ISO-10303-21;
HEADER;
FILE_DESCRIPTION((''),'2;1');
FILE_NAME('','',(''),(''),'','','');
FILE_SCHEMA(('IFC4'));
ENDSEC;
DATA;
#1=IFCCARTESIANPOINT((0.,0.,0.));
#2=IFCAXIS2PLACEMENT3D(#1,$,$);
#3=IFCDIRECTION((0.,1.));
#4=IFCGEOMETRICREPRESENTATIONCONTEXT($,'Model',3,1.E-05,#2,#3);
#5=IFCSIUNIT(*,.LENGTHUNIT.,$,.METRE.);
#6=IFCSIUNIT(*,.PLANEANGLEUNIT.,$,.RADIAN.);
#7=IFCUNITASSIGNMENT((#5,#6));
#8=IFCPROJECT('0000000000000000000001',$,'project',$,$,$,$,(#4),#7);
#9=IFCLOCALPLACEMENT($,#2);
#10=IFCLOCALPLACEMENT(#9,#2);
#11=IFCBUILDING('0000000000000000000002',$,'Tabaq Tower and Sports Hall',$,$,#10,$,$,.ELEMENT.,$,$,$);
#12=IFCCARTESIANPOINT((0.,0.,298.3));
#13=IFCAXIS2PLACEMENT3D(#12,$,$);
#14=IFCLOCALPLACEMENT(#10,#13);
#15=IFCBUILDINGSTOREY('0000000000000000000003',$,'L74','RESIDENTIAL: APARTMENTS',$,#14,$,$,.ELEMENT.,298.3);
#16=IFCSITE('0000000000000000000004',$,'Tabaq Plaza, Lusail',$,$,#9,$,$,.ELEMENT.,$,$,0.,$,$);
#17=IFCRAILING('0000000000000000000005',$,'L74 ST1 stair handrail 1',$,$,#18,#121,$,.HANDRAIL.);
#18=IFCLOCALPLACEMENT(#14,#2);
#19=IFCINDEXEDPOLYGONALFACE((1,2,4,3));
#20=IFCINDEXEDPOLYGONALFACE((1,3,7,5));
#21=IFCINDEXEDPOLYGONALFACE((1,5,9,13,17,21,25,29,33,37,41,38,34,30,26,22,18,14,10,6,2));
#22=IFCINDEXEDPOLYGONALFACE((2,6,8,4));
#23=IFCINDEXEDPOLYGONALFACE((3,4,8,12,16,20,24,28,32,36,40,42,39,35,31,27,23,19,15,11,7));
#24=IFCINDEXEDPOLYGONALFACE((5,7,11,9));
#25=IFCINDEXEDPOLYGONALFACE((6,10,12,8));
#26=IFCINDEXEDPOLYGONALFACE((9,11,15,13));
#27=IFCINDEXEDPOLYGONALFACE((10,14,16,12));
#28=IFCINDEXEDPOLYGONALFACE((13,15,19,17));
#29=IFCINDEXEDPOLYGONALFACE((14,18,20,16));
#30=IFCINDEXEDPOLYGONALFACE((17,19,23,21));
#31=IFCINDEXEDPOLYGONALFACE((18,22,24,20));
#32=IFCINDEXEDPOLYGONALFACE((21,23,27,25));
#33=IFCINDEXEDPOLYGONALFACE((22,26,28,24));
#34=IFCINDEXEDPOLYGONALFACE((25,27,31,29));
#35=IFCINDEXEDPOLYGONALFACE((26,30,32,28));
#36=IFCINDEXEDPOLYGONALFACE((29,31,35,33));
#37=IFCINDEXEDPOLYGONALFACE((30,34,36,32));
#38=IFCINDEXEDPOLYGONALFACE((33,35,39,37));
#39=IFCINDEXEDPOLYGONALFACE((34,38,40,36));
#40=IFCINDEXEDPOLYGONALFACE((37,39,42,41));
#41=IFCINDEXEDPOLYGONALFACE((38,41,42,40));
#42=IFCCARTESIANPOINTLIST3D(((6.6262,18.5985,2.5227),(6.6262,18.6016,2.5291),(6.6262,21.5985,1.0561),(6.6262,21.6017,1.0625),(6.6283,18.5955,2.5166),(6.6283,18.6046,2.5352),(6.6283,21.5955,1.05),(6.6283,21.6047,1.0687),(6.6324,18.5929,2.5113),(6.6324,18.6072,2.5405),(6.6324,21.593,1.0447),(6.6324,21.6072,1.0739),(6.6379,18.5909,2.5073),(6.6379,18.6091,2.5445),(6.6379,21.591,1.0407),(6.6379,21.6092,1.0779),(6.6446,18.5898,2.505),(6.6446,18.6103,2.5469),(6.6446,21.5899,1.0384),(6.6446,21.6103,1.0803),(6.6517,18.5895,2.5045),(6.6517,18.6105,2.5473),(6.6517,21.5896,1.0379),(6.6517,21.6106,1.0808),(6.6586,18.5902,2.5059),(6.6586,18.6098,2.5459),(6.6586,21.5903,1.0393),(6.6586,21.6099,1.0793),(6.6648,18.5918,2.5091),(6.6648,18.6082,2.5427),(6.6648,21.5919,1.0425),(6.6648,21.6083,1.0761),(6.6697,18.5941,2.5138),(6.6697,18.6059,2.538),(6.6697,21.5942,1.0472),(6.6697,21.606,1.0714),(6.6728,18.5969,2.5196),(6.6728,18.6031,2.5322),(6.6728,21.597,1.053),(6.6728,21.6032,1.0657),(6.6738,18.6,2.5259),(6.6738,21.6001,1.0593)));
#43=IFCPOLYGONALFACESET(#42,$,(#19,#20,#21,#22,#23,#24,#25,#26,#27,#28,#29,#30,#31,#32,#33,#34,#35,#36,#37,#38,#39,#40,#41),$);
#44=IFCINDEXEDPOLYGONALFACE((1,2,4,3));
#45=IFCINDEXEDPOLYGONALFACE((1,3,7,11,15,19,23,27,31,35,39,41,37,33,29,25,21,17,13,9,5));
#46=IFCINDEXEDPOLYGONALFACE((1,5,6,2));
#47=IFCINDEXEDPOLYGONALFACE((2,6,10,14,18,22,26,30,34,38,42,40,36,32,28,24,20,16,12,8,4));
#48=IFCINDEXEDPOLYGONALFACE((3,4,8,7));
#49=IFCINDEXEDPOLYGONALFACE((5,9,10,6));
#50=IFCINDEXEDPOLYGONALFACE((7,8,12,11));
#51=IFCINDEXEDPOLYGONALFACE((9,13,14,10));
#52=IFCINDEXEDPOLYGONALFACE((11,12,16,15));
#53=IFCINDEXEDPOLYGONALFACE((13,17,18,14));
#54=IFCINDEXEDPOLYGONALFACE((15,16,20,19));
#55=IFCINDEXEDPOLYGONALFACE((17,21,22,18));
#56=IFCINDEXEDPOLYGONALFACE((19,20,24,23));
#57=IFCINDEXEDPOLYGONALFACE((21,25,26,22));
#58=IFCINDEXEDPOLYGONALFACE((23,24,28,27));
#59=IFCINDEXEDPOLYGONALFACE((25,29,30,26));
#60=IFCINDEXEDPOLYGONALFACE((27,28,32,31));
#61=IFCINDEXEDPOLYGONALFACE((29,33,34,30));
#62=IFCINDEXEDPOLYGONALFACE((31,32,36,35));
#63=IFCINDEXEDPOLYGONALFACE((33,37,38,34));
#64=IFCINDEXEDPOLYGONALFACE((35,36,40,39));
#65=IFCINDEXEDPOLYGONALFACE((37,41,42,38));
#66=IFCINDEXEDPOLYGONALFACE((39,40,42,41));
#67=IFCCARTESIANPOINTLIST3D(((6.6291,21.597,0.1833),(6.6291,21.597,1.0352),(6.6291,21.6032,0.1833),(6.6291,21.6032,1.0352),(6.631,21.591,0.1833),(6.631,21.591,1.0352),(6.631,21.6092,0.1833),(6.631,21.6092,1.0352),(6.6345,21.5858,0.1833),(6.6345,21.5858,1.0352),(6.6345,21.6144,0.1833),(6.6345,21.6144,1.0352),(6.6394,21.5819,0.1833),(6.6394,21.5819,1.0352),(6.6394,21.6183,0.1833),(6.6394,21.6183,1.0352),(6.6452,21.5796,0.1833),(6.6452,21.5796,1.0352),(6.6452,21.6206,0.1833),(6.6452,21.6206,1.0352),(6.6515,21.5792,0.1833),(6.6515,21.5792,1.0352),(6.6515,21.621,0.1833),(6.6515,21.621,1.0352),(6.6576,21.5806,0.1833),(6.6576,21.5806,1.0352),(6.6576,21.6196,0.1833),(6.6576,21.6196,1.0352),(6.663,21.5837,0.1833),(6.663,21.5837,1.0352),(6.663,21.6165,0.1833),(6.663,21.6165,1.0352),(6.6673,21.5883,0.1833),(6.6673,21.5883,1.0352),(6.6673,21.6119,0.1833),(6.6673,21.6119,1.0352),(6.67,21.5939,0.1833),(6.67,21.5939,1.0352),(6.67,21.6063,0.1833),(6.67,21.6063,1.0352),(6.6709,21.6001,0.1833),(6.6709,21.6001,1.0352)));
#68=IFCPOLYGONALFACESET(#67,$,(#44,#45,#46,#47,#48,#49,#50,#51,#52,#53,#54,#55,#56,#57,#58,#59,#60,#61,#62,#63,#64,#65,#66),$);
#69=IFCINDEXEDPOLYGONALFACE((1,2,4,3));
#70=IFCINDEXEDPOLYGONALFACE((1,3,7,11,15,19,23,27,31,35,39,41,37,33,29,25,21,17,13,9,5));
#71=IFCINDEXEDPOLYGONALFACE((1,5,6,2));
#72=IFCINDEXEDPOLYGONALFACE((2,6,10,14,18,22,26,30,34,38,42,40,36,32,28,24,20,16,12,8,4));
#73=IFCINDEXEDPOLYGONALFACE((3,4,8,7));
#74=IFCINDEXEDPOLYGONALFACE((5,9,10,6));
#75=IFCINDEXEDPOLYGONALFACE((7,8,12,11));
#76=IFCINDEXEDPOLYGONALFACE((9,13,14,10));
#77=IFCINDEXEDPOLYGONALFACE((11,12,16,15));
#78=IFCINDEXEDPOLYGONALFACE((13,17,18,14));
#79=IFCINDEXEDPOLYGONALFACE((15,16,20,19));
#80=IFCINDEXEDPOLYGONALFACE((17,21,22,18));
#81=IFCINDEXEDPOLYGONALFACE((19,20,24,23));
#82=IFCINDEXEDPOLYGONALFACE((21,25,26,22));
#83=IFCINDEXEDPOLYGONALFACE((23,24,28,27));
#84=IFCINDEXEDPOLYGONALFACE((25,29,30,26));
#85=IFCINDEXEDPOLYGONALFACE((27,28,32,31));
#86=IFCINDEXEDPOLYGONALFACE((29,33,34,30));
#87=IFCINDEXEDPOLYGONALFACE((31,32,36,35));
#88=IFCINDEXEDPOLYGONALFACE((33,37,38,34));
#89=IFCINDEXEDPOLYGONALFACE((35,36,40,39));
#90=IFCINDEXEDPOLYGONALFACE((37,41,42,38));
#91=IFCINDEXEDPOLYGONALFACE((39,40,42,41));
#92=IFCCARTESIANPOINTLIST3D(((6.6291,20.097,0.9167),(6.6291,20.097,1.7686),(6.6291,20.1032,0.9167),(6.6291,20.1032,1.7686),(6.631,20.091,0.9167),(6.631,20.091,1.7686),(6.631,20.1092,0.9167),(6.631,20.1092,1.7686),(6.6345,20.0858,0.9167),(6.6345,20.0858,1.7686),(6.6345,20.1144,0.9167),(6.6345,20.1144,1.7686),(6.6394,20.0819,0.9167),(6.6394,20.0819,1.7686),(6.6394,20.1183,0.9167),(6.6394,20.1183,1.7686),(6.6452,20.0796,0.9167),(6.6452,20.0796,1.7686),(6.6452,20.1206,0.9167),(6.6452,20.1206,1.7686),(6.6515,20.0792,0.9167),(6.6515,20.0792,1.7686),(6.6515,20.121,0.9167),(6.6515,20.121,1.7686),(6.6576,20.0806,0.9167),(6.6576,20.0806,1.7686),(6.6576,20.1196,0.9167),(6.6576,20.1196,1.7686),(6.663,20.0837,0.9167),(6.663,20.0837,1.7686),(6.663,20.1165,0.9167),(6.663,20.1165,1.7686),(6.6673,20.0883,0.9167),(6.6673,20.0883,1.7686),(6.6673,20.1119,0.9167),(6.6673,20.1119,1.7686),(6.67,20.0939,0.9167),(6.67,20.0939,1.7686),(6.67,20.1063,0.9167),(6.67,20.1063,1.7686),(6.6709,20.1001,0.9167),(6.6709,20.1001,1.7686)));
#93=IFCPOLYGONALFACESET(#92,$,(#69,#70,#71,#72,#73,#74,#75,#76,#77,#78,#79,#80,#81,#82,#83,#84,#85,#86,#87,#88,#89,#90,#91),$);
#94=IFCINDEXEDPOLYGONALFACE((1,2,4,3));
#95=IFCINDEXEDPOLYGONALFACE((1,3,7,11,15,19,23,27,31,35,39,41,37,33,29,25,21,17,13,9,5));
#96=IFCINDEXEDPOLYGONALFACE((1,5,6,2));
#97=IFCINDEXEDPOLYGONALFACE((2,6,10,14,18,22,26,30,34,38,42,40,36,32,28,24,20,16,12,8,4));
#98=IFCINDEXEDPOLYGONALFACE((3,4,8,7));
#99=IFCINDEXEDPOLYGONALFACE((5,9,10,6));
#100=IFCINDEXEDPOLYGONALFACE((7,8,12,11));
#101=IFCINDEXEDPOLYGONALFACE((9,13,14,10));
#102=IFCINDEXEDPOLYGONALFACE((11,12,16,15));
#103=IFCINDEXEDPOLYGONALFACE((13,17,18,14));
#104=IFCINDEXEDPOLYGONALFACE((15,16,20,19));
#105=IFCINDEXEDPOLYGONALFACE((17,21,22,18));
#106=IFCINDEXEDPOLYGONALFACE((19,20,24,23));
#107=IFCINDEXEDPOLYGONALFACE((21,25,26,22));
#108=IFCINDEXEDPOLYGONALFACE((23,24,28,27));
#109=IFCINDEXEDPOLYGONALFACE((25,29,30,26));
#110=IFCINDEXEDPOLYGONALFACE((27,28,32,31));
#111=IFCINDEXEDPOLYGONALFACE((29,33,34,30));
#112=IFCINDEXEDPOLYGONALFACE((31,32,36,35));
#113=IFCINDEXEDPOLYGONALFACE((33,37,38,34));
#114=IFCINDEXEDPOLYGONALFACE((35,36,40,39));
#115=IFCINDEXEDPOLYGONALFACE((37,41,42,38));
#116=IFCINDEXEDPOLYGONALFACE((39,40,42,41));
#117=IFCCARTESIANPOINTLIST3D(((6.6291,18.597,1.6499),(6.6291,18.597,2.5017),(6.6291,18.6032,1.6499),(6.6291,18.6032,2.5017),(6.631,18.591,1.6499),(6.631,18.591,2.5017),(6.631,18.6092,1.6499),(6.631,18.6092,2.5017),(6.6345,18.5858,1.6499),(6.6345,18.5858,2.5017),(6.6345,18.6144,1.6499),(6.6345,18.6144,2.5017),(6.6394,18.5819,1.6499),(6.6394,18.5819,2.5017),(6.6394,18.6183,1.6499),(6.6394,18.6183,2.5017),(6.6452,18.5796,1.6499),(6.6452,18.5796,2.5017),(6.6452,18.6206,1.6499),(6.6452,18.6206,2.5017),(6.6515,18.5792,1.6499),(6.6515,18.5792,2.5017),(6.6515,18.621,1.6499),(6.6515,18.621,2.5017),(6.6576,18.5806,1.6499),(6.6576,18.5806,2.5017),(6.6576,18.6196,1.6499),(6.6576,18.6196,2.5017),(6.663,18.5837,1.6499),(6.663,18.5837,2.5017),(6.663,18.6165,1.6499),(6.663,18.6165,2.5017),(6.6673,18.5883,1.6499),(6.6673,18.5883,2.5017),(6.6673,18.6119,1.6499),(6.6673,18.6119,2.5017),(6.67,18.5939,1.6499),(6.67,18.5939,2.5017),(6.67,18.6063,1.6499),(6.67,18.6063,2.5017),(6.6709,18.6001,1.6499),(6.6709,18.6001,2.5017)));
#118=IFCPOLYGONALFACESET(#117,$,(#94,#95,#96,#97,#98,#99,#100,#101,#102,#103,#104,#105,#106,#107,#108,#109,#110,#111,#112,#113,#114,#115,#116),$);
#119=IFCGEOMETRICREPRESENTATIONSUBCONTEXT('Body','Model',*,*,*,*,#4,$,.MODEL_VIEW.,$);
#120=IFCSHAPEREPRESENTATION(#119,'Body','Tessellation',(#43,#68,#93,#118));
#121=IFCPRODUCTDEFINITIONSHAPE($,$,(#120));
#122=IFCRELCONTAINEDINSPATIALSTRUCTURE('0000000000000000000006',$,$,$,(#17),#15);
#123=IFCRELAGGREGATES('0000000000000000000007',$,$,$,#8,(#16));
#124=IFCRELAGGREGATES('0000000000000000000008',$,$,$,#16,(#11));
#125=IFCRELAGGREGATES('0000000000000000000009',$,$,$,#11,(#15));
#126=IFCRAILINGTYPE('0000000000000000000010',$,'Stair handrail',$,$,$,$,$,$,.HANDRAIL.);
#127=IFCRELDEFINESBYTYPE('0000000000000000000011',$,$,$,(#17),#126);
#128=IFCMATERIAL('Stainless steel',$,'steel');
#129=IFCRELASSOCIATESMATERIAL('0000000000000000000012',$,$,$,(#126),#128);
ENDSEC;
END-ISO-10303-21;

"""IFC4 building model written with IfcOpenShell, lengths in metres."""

from ifc_helpers import new_model, si_unit, direction, frame, origin, origin_2d, place, context, subcontext, project, spatial, circle, extrude, material, type_object, element, save


model = new_model("IFC4")

# Units and contexts
model_context = context("Model", 3, precision=1e-05, world=origin(), true_north=direction((0.0, 1.0)))
body_context = subcontext(model_context, "Body", "Model", "MODEL_VIEW")
ifc_project = project(units=[si_unit("LENGTHUNIT", "METRE"), si_unit("PLANEANGLEUNIT", "RADIAN")], contexts=[model_context])

# Site, building, storey
site_placement = place(None, origin())
site = spatial("IfcSite", under=ifc_project, at=site_placement, Name="Tabaq Plaza, Lusail", CompositionType="ELEMENT", RefElevation=0.0)
building_placement = place(site_placement, origin())
building = spatial("IfcBuilding", under=site, at=building_placement, Name="Tabaq Tower and Sports Hall", CompositionType="ELEMENT")
storey_placement = place(building_placement, frame((0.0, 0.0, 298.3)))
storey = spatial("IfcBuildingStorey", under=building, at=storey_placement, Name="L74", Description="RESIDENTIAL: APARTMENTS", CompositionType="ELEMENT", Elevation=298.3)

# Railing
ifc_material_1 = material(Name="Stainless steel", Category="steel")
railing_type_1 = type_object("IfcRailingType", Name="Stair handrail", PredefinedType="HANDRAIL", material=ifc_material_1)
railing_1_placement = place(storey_placement, frame((6.6499, 21.6001, 0.1833)))
element("IfcRailing", 1, at=railing_1_placement, inside=storey, type_object=railing_type_1, Name="L74 ST1 stair handrail 1", PredefinedType="HANDRAIL", context=body_context, shape_type="SweptSolid", body=[
    extrude(circle(Radius=0.0239, at=origin_2d()), frame((0.0, 0.0, 0.876), z_axis=(0.0, -0.898398, 0.439183), x_axis=(1.0, 0.0, 0.0)), (0.0, 0.0, 1.0), 3.3394),
    extrude(circle(Radius=0.021, at=origin_2d()), origin(), (0.0, 0.0, 1.0), 0.8518),
    extrude(circle(Radius=0.021, at=origin_2d()), frame((0.0, -1.5, 0.7334)), (0.0, 0.0, 1.0), 0.8518),
    extrude(circle(Radius=0.021, at=origin_2d()), frame((0.0, -3.0, 1.4666)), (0.0, 0.0, 1.0), 0.8518),
])

save(model, "model.ifc")
